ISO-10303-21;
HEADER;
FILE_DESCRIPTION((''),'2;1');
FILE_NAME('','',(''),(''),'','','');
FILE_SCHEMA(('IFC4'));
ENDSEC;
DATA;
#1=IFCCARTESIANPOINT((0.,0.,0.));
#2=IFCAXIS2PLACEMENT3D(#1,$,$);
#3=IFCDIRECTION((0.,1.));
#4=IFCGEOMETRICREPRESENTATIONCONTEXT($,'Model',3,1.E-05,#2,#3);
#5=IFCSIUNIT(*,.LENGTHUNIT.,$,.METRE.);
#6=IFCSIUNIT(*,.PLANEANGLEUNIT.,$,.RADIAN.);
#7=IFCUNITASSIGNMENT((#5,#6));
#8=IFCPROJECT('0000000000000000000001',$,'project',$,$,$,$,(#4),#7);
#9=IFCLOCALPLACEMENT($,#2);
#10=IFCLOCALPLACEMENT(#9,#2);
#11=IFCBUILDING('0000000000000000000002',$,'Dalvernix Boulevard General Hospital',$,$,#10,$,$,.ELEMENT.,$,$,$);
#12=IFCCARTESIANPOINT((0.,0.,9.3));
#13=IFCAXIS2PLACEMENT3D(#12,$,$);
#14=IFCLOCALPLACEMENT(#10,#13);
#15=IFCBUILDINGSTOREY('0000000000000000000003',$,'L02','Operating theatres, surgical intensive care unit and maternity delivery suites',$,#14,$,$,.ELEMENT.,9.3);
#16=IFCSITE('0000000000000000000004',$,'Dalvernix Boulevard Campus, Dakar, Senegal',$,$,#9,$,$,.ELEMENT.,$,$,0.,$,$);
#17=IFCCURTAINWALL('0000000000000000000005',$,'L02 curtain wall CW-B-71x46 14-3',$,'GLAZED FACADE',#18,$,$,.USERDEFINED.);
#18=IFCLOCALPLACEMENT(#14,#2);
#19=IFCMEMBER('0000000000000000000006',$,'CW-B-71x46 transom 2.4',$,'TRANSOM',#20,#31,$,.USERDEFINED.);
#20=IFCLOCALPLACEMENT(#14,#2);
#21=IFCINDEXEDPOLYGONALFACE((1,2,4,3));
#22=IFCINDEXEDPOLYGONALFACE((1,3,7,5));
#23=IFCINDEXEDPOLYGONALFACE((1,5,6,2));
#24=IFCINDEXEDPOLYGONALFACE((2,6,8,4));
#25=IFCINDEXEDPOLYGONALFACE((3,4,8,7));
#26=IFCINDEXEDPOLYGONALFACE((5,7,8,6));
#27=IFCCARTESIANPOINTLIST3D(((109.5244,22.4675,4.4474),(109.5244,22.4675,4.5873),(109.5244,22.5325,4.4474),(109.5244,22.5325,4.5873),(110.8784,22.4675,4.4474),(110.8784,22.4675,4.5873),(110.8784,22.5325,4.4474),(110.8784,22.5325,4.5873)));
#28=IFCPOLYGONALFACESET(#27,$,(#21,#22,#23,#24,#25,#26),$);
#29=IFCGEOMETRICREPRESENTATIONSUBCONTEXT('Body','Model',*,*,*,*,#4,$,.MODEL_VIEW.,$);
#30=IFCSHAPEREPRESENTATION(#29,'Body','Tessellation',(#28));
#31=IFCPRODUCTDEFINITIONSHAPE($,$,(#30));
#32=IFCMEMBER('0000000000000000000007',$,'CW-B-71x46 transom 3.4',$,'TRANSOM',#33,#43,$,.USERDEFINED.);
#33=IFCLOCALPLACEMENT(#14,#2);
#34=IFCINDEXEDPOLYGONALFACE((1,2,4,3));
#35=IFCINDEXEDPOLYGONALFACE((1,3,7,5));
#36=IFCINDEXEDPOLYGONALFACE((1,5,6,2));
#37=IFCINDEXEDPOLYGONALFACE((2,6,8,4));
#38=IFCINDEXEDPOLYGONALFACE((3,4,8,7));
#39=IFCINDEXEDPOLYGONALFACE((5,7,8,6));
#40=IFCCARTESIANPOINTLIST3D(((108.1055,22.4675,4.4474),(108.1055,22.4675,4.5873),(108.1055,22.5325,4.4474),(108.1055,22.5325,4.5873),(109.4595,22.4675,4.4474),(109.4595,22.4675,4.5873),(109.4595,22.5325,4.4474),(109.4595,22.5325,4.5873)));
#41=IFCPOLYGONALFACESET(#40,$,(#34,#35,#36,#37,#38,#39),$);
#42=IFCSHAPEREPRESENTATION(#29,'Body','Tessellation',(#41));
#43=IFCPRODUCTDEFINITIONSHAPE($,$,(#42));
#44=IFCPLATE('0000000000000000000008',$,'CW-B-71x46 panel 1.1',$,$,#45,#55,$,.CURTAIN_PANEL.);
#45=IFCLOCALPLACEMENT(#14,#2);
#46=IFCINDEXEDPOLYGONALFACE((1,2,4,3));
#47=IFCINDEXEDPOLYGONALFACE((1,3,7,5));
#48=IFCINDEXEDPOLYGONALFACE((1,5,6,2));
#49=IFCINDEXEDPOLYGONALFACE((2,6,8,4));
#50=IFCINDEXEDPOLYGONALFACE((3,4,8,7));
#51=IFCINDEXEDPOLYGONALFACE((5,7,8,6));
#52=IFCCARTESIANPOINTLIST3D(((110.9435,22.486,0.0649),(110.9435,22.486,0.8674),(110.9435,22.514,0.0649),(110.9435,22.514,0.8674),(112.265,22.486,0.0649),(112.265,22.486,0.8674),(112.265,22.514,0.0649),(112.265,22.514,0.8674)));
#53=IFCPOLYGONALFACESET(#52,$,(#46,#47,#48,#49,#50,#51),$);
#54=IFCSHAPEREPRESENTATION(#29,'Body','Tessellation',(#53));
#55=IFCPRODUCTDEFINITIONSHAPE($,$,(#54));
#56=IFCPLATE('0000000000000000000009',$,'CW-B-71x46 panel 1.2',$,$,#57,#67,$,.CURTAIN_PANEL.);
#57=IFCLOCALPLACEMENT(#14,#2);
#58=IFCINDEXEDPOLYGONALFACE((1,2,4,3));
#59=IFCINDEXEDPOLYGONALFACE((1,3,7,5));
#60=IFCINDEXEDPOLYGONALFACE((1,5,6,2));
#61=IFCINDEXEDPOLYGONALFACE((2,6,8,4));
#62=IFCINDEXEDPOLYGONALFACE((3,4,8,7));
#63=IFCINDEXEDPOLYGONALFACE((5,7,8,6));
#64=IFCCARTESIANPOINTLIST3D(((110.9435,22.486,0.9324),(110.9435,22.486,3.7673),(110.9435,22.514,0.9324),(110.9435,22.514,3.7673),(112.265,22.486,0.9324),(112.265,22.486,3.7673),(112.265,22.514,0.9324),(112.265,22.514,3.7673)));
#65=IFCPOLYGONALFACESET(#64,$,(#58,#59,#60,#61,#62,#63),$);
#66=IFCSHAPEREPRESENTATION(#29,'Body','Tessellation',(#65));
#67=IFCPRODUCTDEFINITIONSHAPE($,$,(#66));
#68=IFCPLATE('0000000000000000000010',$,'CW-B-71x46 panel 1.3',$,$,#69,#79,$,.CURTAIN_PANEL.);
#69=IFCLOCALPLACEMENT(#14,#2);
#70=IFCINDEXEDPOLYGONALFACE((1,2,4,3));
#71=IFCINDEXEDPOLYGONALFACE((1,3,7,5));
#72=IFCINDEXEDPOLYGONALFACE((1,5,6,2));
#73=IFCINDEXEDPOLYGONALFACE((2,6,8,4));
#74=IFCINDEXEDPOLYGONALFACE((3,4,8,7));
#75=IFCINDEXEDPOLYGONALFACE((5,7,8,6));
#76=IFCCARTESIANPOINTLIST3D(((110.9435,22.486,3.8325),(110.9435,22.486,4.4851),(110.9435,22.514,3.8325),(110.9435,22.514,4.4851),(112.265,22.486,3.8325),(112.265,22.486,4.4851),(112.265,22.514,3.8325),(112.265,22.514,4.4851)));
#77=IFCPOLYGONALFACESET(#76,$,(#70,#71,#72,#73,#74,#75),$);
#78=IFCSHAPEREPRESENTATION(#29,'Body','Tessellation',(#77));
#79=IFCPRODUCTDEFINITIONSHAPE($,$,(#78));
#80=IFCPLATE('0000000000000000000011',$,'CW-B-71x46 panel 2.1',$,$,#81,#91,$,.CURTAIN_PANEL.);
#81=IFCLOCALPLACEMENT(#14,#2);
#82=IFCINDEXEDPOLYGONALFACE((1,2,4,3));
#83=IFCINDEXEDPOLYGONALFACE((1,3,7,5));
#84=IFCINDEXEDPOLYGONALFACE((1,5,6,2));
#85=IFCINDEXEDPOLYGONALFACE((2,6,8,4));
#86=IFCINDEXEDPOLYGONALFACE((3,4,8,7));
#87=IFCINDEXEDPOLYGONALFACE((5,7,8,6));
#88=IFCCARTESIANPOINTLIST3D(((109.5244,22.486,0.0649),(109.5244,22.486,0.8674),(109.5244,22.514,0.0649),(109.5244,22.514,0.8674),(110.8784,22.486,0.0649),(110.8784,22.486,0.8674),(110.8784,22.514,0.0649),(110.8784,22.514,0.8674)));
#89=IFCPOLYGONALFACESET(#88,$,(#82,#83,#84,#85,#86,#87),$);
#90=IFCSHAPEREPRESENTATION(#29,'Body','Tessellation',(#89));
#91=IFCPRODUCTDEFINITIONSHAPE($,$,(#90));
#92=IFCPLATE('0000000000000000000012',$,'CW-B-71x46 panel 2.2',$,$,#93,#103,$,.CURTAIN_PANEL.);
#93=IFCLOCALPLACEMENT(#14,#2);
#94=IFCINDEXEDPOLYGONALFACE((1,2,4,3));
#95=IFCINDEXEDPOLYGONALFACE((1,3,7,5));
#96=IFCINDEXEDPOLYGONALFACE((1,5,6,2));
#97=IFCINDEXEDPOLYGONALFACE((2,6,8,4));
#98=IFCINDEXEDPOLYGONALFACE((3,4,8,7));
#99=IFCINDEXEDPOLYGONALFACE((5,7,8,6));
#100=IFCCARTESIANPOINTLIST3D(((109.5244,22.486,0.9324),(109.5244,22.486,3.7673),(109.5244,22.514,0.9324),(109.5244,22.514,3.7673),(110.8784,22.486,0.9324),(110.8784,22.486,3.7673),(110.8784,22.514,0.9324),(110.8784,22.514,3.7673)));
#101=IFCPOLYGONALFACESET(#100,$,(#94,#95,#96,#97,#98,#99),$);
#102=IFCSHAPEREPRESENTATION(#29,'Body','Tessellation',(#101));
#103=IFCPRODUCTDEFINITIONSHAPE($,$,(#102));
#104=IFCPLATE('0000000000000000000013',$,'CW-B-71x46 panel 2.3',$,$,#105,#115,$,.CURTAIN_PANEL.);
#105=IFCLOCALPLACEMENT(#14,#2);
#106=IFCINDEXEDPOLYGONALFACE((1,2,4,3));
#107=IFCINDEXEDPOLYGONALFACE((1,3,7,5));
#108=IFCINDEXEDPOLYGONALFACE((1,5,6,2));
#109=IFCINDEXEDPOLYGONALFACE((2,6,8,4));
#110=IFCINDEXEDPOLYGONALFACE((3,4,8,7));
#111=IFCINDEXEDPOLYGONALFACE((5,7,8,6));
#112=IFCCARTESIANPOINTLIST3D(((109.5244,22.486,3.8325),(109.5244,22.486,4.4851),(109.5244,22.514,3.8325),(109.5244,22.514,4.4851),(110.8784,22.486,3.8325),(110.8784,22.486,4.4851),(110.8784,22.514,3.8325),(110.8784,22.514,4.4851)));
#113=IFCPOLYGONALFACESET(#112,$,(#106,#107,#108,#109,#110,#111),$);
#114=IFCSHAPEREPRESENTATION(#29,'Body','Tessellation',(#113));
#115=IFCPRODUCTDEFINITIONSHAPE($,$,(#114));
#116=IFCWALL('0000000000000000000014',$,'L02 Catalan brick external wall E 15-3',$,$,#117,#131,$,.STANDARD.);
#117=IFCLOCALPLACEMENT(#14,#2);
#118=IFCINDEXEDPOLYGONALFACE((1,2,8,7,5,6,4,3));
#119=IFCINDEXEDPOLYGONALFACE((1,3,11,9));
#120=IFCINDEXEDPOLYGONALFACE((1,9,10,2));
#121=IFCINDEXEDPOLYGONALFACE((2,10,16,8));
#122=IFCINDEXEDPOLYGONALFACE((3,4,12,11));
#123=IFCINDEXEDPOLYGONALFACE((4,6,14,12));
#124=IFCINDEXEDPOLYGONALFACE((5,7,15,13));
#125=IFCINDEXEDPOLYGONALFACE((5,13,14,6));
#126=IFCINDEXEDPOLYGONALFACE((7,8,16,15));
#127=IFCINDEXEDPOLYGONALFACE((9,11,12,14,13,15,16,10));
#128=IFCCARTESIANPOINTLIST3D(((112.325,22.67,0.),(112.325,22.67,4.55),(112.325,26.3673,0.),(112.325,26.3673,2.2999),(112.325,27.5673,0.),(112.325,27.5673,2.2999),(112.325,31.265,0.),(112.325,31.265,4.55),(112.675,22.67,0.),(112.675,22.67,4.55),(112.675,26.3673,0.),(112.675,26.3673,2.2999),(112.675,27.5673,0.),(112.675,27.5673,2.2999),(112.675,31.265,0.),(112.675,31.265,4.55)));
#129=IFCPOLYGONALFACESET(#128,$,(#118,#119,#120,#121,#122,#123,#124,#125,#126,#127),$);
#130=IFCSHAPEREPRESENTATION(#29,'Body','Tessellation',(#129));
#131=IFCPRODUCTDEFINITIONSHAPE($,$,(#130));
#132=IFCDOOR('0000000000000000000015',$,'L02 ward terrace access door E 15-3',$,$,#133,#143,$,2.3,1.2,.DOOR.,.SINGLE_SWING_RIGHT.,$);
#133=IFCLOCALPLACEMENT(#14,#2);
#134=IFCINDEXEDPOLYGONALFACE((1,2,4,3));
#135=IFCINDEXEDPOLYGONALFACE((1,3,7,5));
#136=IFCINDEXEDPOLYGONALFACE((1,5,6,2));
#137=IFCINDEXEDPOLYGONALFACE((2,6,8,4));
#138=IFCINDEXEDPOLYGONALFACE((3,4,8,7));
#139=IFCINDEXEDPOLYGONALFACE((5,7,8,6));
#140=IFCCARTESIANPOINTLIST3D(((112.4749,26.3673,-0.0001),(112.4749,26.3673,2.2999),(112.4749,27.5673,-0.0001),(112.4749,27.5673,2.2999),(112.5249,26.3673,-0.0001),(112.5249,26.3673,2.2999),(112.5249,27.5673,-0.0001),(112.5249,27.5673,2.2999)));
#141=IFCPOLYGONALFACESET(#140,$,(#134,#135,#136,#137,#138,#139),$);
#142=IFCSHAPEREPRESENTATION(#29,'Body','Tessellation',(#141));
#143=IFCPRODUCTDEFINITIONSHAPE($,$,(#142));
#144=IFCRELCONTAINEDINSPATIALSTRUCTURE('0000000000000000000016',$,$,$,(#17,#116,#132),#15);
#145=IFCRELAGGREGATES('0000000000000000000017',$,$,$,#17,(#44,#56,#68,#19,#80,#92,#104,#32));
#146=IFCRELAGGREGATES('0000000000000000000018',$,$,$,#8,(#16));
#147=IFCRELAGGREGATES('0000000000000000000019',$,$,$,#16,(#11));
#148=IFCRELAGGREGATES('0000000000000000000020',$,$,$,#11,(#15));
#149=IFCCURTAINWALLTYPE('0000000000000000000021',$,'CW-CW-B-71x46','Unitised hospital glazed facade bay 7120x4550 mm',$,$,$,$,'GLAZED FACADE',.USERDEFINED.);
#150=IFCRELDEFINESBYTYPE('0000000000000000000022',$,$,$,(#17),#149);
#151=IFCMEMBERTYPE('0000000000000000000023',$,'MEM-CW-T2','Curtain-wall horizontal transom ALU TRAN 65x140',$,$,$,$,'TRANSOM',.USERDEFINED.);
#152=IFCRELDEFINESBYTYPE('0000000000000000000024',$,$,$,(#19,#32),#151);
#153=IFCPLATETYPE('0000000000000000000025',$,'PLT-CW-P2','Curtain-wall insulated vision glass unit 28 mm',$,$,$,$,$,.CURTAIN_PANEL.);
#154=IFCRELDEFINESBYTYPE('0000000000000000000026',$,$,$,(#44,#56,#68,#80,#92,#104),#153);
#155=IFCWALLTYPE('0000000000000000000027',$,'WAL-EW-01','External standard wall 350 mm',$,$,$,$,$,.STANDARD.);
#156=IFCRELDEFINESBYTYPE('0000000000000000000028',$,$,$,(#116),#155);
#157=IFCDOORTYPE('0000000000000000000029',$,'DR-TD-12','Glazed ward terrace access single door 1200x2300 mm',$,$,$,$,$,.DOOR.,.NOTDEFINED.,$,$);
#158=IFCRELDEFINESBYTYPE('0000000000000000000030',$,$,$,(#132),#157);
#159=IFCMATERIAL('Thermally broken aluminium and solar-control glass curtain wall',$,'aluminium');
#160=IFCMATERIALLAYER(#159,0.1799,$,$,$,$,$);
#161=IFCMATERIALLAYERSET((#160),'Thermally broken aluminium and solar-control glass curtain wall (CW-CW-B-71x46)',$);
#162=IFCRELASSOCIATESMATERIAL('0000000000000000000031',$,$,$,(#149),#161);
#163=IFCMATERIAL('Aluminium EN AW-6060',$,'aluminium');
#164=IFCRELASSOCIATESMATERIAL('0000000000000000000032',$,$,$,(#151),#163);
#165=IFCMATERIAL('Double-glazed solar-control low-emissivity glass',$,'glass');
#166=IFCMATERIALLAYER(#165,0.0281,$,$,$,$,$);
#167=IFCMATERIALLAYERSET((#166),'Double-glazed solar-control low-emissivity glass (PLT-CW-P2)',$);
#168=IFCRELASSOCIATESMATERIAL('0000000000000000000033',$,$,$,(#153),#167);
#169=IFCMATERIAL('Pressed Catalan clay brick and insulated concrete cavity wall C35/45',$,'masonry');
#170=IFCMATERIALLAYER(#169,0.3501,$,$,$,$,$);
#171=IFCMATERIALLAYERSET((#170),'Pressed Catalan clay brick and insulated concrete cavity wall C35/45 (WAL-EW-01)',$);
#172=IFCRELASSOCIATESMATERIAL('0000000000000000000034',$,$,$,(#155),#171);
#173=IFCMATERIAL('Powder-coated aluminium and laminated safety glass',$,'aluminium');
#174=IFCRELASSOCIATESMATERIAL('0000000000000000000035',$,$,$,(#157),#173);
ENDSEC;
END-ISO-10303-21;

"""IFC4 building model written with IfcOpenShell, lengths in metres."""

from ifc_helpers import new_model, si_unit, direction, frame, frame_2d, origin, origin_2d, place, context, subcontext, project, spatial, rectangle, extrude, material, layer, layer_set, material_profile, profile_set, type_object, element, fill, aggregate, save


model = new_model("IFC4")

# Units and contexts
model_context = context("Model", 3, precision=1e-05, world=origin(), true_north=direction((0.0, 1.0)))
body_context = subcontext(model_context, "Body", "Model", "MODEL_VIEW")
ifc_project = project(units=[si_unit("LENGTHUNIT", "METRE"), si_unit("PLANEANGLEUNIT", "RADIAN")], contexts=[model_context])

# Site, building, storey
site_placement = place(None, origin())
site = spatial("IfcSite", under=ifc_project, at=site_placement, Name="Dalvernix Boulevard Campus, Dakar, Senegal", CompositionType="ELEMENT", RefElevation=0.0)
building_placement = place(site_placement, origin())
building = spatial("IfcBuilding", under=site, at=building_placement, Name="Dalvernix Boulevard General Hospital", CompositionType="ELEMENT")
storey_placement = place(building_placement, frame((0.0, 0.0, 9.3)))
storey = spatial("IfcBuildingStorey", under=building, at=storey_placement, Name="L02", Description="Operating theatres, surgical intensive care unit and maternity delivery suites", CompositionType="ELEMENT", Elevation=9.3)

# Curtain wall, members, plates
ifc_material_1 = material(Name="Thermally broken aluminium and solar-control glass curtain wall", Category="aluminium")
ifc_layer_1 = layer(ifc_material_1, 0.1799)
ifc_layer_set_1 = layer_set([ifc_layer_1], Name="Thermally broken aluminium and solar-control glass curtain wall (CW-CW-B-71x46)")
curtain_wall_type = type_object("IfcCurtainWallType", Name="CW-CW-B-71x46", Description="Unitised hospital glazed facade bay 7120x4550 mm", ElementType="GLAZED FACADE", PredefinedType="USERDEFINED", material=ifc_layer_set_1)
curtain_wall_placement = place(storey_placement, origin())
curtain_wall = element("IfcCurtainWall", 1, at=curtain_wall_placement, inside=storey, type_object=curtain_wall_type, Name="L02 curtain wall CW-B-71x46 14-3", ObjectType="GLAZED FACADE", PredefinedType="USERDEFINED")
ifc_material_2 = material(Name="Aluminium EN AW-6060", Category="aluminium")
ifc_material_profile_1 = material_profile(ifc_material_2, rectangle(XDim=0.0649, YDim=0.1399, at=origin_2d()), Name="ALU TRAN 65x140")
ifc_profile_set_1 = profile_set([ifc_material_profile_1], Name="Aluminium EN AW-6060")
member_type_1 = type_object("IfcMemberType", Name="MEM-CW-T2", Description="Curtain-wall horizontal transom ALU TRAN 65x140", ElementType="TRANSOM", PredefinedType="USERDEFINED", material=ifc_profile_set_1)
member_1_placement = place(storey_placement, frame((110.8784, 22.5, 4.5173), z_axis=(-1.0, 0.0, 0.0), x_axis=(0.0, -1.0, 0.0)))
member_1 = element("IfcMember", 2, at=member_1_placement, type_object=member_type_1, Name="CW-B-71x46 transom 2.4", ObjectType="TRANSOM", PredefinedType="USERDEFINED", context=body_context, shape_type="SweptSolid", body=[
    extrude(rectangle(XDim=0.0649, YDim=0.1399, at=origin_2d()), origin(), (0.0, 0.0, 1.0), 1.354),
])
member_2_placement = place(storey_placement, frame((109.4595, 22.5, 4.5173), z_axis=(-1.0, 0.0, 0.0), x_axis=(0.0, -1.0, 0.0)))
member_2 = element("IfcMember", 3, at=member_2_placement, type_object=member_type_1, Name="CW-B-71x46 transom 3.4", ObjectType="TRANSOM", PredefinedType="USERDEFINED", context=body_context, shape_type="SweptSolid", body=[
    extrude(rectangle(XDim=0.0649, YDim=0.1399, at=origin_2d()), origin(), (0.0, 0.0, 1.0), 1.354),
])
ifc_material_3 = material(Name="Double-glazed solar-control low-emissivity glass", Category="glass")
ifc_layer_2 = layer(ifc_material_3, 0.0281)
ifc_layer_set_2 = layer_set([ifc_layer_2], Name="Double-glazed solar-control low-emissivity glass (PLT-CW-P2)")
plate_type = type_object("IfcPlateType", Name="PLT-CW-P2", Description="Curtain-wall insulated vision glass unit 28 mm", PredefinedType="CURTAIN_PANEL", material=ifc_layer_set_2)
plate_1_placement = place(storey_placement, frame((111.6042, 22.5, 0.0649), z_axis=(0.0, 0.0, 1.0), x_axis=(-1.0, 0.0, 0.0)))
plate_1 = element("IfcPlate", 4, at=plate_1_placement, type_object=plate_type, Name="CW-B-71x46 panel 1.1", PredefinedType="CURTAIN_PANEL", context=body_context, shape_type="SweptSolid", body=[
    extrude(rectangle(XDim=1.3215, YDim=0.0281, at=origin_2d()), origin(), (0.0, 0.0, 1.0), 0.8025),
])
plate_2_placement = place(storey_placement, frame((111.6042, 22.5, 0.9324), z_axis=(0.0, 0.0, 1.0), x_axis=(-1.0, 0.0, 0.0)))
plate_2 = element("IfcPlate", 5, at=plate_2_placement, type_object=plate_type, Name="CW-B-71x46 panel 1.2", PredefinedType="CURTAIN_PANEL", context=body_context, shape_type="SweptSolid", body=[
    extrude(rectangle(XDim=1.3215, YDim=0.0281, at=origin_2d()), origin(), (0.0, 0.0, 1.0), 2.835),
])
plate_3_placement = place(storey_placement, frame((111.6042, 22.5, 3.8325), z_axis=(0.0, 0.0, 1.0), x_axis=(-1.0, 0.0, 0.0)))
plate_3 = element("IfcPlate", 6, at=plate_3_placement, type_object=plate_type, Name="CW-B-71x46 panel 1.3", PredefinedType="CURTAIN_PANEL", context=body_context, shape_type="SweptSolid", body=[
    extrude(rectangle(XDim=1.3215, YDim=0.0281, at=origin_2d()), origin(), (0.0, 0.0, 1.0), 0.6526),
])
plate_4_placement = place(storey_placement, frame((110.2014, 22.5, 0.0649), z_axis=(0.0, 0.0, 1.0), x_axis=(-1.0, 0.0, 0.0)))
plate_4 = element("IfcPlate", 7, at=plate_4_placement, type_object=plate_type, Name="CW-B-71x46 panel 2.1", PredefinedType="CURTAIN_PANEL", context=body_context, shape_type="SweptSolid", body=[
    extrude(rectangle(XDim=1.354, YDim=0.0281, at=origin_2d()), origin(), (0.0, 0.0, 1.0), 0.8025),
])
plate_5_placement = place(storey_placement, frame((110.2014, 22.5, 0.9324), z_axis=(0.0, 0.0, 1.0), x_axis=(-1.0, 0.0, 0.0)))
plate_5 = element("IfcPlate", 8, at=plate_5_placement, type_object=plate_type, Name="CW-B-71x46 panel 2.2", PredefinedType="CURTAIN_PANEL", context=body_context, shape_type="SweptSolid", body=[
    extrude(rectangle(XDim=1.354, YDim=0.0281, at=origin_2d()), origin(), (0.0, 0.0, 1.0), 2.835),
])
plate_6_placement = place(storey_placement, frame((110.2014, 22.5, 3.8325), z_axis=(0.0, 0.0, 1.0), x_axis=(-1.0, 0.0, 0.0)))
plate_6 = element("IfcPlate", 9, at=plate_6_placement, type_object=plate_type, Name="CW-B-71x46 panel 2.3", PredefinedType="CURTAIN_PANEL", context=body_context, shape_type="SweptSolid", body=[
    extrude(rectangle(XDim=1.354, YDim=0.0281, at=origin_2d()), origin(), (0.0, 0.0, 1.0), 0.6526),
])
aggregate(curtain_wall, [plate_1, plate_2, plate_3, member_1, plate_4, plate_5, plate_6, member_2])

# Wall, opening, door
ifc_material_4 = material(Name="Pressed Catalan clay brick and insulated concrete cavity wall C35/45", Category="masonry")
ifc_layer_3 = layer(ifc_material_4, 0.3501)
ifc_layer_set_3 = layer_set([ifc_layer_3], Name="Pressed Catalan clay brick and insulated concrete cavity wall C35/45 (WAL-EW-01)")
wall_type = type_object("IfcWallType", Name="WAL-EW-01", Description="External standard wall 350 mm", PredefinedType="STANDARD", material=ifc_layer_set_3)
wall_placement = place(storey_placement, frame((112.5, 31.2649, 0.0), z_axis=(0.0, 0.0, 1.0), x_axis=(0.0, -1.0, 0.0)))
wall = element("IfcWall", 10, at=wall_placement, inside=storey, type_object=wall_type, Name="L02 Catalan brick external wall E 15-3", PredefinedType="STANDARD", context=body_context, shape_type="SweptSolid", body=[
    extrude(rectangle(XDim=8.595, YDim=0.3501, at=frame_2d((4.2974, 0.0))), origin(), (0.0, 0.0, 1.0), 4.55),
])
opening_placement = place(wall_placement, frame((3.6975, 0.0, 0.0)))
opening = element("IfcOpeningElement", 11, at=opening_placement, cuts=wall, PredefinedType="OPENING", context=body_context, shape_type="SweptSolid", body=[
    extrude(rectangle(XDim=1.2, YDim=2.3, at=frame_2d((0.6001, 1.1499))), frame((0.0, 0.1851, 0.0), z_axis=(0.0, -1.0, 0.0), x_axis=(1.0, 0.0, 0.0)), (0.0, 0.0, 1.0), 0.3701),
])
ifc_material_5 = material(Name="Powder-coated aluminium and laminated safety glass", Category="aluminium")
door_type = type_object("IfcDoorType", Name="DR-TD-12", Description="Glazed ward terrace access single door 1200x2300 mm", OperationType="NOTDEFINED", PredefinedType="DOOR", material=ifc_material_5)
door_placement = place(opening_placement, origin())
door = element("IfcDoor", 12, at=door_placement, inside=storey, type_object=door_type, Name="L02 ward terrace access door E 15-3", OperationType="SINGLE_SWING_RIGHT", OverallHeight=2.3, OverallWidth=1.2, PredefinedType="DOOR", context=body_context, shape_type="SweptSolid", body=[
    extrude(rectangle(XDim=1.2, YDim=2.3, at=frame_2d((0.6001, 1.1499))), frame((0.0, 0.0249, 0.0), z_axis=(0.0, -1.0, 0.0), x_axis=(1.0, 0.0, 0.0)), (0.0, 0.0, 1.0), 0.05),
])
fill(opening, door)

save(model, "model.ifc")
